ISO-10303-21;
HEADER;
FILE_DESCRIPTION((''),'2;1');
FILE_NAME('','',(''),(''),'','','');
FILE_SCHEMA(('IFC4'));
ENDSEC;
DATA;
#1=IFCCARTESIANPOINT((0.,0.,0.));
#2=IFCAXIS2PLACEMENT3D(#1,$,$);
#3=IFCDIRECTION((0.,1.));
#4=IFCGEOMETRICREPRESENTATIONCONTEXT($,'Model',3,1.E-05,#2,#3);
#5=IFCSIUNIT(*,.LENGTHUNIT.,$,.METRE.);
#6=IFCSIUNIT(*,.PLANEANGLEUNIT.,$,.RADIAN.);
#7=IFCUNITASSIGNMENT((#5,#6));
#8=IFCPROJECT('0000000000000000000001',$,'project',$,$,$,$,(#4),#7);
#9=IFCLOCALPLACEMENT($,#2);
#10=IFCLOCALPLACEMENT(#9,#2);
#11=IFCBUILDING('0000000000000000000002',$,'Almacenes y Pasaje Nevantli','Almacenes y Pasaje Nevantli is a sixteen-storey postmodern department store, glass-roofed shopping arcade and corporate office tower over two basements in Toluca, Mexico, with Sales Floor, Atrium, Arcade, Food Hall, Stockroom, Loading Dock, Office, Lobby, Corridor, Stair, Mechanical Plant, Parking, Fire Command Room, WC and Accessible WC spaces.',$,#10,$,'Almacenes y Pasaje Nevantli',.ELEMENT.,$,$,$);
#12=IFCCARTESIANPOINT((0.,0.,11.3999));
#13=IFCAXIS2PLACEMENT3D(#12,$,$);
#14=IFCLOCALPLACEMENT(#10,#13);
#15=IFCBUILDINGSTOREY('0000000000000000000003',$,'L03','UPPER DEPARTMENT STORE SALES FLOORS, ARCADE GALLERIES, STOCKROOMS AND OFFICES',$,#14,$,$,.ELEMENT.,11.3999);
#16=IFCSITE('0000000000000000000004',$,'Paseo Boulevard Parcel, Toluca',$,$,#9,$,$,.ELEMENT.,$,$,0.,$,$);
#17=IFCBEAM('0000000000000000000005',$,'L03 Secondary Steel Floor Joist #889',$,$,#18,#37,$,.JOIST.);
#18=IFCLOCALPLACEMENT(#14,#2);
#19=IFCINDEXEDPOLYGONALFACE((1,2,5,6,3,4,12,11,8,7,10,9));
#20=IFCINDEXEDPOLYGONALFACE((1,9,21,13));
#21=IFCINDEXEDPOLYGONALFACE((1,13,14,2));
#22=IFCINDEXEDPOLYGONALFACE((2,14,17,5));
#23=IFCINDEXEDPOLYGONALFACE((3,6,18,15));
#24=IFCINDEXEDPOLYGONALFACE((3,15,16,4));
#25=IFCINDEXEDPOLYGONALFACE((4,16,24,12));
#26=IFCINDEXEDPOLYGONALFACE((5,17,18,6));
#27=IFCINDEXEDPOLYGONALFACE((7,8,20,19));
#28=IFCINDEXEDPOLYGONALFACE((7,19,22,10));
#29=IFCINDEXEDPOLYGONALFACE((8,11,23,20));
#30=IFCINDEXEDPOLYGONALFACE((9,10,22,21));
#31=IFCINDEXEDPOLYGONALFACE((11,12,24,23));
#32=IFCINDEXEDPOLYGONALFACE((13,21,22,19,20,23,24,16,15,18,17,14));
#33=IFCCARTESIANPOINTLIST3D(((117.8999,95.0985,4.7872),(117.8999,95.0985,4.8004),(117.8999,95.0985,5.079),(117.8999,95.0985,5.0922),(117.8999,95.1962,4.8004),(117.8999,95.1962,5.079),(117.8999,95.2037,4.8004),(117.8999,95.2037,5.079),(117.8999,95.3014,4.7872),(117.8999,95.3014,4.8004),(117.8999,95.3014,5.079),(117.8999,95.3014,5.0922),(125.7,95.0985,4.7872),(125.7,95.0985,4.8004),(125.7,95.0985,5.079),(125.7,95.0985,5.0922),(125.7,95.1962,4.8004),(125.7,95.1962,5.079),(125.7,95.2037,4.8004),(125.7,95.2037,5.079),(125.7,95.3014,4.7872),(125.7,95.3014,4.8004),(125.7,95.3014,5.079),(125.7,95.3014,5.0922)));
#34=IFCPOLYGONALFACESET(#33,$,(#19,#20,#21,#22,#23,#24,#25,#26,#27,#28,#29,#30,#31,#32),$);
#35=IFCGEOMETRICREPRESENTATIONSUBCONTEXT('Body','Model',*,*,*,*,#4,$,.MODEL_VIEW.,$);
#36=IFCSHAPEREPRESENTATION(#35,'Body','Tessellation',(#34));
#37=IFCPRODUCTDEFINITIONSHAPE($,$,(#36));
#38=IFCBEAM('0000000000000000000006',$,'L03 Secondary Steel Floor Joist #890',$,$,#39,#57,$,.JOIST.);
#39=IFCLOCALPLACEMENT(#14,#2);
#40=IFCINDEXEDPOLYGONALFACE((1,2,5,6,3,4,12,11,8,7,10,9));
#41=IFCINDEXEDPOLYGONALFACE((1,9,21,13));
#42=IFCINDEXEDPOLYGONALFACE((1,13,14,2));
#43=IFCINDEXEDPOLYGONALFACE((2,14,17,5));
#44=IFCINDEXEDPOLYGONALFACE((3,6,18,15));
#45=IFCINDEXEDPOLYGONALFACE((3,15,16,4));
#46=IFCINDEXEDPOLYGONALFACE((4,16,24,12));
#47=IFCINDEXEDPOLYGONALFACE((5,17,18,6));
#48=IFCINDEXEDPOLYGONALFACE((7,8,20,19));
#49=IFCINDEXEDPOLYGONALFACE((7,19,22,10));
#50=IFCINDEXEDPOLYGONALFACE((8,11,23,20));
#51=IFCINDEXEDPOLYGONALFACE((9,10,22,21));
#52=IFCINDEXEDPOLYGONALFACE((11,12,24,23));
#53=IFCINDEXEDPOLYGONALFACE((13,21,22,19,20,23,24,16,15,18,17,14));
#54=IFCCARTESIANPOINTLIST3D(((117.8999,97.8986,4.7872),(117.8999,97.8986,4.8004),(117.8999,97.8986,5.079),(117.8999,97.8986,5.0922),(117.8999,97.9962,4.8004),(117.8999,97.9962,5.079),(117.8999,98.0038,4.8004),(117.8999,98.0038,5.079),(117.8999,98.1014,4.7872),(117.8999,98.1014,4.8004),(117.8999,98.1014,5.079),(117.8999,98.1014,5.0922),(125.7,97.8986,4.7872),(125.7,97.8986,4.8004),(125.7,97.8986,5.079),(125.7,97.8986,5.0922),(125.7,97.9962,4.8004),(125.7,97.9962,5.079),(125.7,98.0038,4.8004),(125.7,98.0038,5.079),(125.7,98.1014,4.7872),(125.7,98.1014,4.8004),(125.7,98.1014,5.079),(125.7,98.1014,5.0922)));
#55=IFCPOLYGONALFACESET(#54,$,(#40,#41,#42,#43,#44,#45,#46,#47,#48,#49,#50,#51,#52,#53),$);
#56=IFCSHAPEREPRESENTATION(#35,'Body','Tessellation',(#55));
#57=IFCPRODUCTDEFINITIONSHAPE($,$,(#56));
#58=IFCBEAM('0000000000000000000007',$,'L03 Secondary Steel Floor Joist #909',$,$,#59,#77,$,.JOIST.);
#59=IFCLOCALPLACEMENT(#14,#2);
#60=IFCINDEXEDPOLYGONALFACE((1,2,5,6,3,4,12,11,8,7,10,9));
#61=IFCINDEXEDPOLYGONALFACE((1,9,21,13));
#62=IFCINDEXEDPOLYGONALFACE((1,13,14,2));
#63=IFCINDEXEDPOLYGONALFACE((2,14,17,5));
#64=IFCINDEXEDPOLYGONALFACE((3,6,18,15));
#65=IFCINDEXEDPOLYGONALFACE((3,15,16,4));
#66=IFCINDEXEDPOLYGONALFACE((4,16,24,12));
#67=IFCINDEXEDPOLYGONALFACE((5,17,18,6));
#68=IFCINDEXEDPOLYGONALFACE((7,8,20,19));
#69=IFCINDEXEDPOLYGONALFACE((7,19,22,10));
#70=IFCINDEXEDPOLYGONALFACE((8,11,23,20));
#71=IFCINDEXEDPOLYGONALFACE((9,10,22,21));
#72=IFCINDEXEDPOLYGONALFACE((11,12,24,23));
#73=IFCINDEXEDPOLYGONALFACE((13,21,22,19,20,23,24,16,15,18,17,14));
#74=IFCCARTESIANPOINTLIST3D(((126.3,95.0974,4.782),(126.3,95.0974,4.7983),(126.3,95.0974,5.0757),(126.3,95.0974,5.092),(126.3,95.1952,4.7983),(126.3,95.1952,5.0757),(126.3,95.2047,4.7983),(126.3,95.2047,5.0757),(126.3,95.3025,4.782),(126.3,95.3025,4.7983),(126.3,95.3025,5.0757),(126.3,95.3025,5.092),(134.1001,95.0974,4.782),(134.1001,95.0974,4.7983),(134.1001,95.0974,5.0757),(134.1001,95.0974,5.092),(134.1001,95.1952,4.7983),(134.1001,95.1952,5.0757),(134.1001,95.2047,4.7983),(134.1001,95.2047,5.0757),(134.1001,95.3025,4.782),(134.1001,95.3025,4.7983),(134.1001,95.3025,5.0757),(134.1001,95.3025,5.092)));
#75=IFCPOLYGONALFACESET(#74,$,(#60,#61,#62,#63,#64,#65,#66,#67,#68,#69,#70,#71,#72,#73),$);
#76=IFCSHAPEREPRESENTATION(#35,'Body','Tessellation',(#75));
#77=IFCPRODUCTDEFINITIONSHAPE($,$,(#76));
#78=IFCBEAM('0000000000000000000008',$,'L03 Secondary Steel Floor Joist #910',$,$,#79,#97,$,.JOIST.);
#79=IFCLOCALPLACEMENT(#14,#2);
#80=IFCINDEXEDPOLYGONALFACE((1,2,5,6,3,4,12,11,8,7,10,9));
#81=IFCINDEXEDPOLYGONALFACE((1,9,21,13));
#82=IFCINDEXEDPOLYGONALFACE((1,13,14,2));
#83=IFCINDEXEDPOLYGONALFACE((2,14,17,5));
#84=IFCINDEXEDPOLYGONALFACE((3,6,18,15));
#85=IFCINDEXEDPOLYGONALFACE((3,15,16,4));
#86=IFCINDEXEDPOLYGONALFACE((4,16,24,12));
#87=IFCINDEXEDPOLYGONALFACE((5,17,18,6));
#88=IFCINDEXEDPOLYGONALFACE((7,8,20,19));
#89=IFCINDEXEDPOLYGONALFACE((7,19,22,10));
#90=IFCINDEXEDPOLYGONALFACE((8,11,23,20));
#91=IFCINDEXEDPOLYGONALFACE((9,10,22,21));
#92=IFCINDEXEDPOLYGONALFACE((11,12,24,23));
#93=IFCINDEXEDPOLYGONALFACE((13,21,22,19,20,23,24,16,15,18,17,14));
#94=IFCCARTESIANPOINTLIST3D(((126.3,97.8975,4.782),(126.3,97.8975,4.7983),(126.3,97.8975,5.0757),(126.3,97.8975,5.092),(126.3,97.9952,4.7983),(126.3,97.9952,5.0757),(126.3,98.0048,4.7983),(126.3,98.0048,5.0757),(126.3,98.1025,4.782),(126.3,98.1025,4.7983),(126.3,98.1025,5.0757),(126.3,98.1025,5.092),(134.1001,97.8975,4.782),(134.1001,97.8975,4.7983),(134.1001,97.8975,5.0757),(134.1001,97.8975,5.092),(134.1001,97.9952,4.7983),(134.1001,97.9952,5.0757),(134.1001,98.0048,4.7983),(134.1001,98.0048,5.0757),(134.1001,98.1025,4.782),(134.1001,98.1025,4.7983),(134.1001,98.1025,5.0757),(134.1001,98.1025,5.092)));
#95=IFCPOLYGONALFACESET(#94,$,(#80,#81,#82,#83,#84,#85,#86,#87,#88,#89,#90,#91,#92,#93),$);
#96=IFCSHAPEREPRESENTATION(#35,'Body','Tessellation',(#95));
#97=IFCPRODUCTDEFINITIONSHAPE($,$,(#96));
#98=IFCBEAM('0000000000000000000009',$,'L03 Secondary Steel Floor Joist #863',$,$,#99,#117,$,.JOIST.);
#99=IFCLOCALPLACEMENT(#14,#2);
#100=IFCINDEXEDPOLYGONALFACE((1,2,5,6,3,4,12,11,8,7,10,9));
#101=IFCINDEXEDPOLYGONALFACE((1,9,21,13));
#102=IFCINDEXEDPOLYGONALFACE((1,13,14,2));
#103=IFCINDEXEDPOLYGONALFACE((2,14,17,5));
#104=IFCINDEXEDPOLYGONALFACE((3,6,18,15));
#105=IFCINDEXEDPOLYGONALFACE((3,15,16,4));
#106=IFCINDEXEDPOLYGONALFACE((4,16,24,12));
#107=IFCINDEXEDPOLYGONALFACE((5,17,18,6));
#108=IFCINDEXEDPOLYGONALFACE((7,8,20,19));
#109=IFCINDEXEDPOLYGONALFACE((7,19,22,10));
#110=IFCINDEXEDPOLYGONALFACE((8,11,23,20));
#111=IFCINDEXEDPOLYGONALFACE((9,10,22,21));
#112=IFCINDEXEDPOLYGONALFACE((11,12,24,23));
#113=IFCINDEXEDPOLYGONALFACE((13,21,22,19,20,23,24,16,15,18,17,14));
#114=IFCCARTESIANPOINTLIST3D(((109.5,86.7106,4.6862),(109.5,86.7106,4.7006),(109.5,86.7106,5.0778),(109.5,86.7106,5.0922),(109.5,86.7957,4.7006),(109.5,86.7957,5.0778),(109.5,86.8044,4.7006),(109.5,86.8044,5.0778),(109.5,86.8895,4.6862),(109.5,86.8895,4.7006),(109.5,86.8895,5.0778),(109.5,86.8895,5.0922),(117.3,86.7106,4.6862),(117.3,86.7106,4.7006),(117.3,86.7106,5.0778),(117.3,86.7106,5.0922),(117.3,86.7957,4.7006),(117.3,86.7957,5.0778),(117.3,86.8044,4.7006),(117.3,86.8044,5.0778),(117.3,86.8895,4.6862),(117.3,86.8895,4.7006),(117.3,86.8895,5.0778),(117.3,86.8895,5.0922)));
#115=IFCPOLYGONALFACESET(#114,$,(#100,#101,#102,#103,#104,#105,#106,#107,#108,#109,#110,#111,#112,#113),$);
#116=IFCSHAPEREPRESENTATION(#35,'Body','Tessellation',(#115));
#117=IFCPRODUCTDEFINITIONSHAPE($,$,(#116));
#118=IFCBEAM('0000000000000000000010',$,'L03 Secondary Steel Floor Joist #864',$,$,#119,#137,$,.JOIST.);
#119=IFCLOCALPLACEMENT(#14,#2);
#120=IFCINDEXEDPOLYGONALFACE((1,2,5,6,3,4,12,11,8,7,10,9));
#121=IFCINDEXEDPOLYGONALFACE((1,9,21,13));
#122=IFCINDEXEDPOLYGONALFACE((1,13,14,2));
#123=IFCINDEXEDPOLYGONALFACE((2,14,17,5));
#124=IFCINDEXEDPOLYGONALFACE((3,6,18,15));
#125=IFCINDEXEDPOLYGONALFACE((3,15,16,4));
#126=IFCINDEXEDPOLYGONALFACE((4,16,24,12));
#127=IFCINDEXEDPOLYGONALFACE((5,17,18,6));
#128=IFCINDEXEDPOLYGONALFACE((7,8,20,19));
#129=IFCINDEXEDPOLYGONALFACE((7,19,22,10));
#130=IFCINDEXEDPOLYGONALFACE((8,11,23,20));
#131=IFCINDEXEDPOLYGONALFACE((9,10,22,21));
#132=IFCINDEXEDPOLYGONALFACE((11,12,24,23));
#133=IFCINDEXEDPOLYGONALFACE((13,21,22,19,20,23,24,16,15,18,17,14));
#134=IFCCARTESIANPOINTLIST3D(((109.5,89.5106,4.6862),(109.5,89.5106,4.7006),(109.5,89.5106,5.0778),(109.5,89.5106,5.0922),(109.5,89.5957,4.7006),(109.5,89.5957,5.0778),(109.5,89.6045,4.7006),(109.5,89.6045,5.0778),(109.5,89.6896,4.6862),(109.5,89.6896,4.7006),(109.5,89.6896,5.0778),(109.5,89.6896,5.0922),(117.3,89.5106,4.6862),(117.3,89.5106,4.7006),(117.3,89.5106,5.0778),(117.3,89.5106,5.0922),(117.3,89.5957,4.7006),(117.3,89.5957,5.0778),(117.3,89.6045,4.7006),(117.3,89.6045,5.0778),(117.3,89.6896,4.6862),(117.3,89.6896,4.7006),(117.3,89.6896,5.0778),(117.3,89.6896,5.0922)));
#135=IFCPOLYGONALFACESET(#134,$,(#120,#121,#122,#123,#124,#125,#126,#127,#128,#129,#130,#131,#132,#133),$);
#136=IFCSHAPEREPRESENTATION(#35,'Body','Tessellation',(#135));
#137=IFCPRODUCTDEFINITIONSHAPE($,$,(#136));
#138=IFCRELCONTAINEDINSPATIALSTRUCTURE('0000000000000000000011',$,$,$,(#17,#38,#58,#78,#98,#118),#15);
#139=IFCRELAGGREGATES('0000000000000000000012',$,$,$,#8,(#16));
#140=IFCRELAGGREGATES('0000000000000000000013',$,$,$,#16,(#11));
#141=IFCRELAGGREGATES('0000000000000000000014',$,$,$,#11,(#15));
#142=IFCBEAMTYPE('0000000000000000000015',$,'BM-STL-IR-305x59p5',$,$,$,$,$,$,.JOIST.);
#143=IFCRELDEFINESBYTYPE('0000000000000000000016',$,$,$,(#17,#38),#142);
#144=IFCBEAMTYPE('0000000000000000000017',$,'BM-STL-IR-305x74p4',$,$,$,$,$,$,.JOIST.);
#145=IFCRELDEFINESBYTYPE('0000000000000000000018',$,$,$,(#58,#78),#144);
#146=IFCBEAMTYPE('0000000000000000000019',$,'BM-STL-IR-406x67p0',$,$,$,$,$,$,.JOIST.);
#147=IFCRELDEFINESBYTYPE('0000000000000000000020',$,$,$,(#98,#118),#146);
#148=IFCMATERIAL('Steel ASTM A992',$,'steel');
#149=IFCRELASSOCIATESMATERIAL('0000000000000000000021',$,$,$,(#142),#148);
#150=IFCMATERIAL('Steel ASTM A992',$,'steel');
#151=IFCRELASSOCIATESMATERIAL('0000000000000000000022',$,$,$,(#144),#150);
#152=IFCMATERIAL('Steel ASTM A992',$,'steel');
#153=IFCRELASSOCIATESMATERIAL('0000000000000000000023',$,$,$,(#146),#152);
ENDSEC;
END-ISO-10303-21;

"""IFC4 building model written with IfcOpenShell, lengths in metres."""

from ifc_helpers import new_model, si_unit, direction, frame, origin, origin_2d, place, context, subcontext, project, spatial, i_section, extrude, material, material_profile, profile_set, type_object, element, save


model = new_model("IFC4")

# Units and contexts
model_context = context("Model", 3, precision=1e-05, world=origin(), true_north=direction((0.0, 1.0)))
body_context = subcontext(model_context, "Body", "Model", "MODEL_VIEW")
ifc_project = project(units=[si_unit("LENGTHUNIT", "METRE"), si_unit("PLANEANGLEUNIT", "RADIAN")], contexts=[model_context])

# Site, building, storey
site_placement = place(None, origin())
site = spatial("IfcSite", under=ifc_project, at=site_placement, Name="Paseo Boulevard Parcel, Toluca", CompositionType="ELEMENT", RefElevation=0.0)
building_placement = place(site_placement, origin())
building = spatial("IfcBuilding", under=site, at=building_placement, Name="Almacenes y Pasaje Nevantli", Description="Almacenes y Pasaje Nevantli is a sixteen-storey postmodern department store, glass-roofed shopping arcade and corporate office tower over two basements in Toluca, Mexico, with Sales Floor, Atrium, Arcade, Food Hall, Stockroom, Loading Dock, Office, Lobby, Corridor, Stair, Mechanical Plant, Parking, Fire Command Room, WC and Accessible WC spaces.", LongName="Almacenes y Pasaje Nevantli", CompositionType="ELEMENT")
storey_placement = place(building_placement, frame((0.0, 0.0, 11.3999)))
storey = spatial("IfcBuildingStorey", under=building, at=storey_placement, Name="L03", Description="UPPER DEPARTMENT STORE SALES FLOORS, ARCADE GALLERIES, STOCKROOMS AND OFFICES", CompositionType="ELEMENT", Elevation=11.3999)

# Beams
ifc_material_1 = material(Name="Steel ASTM A992", Category="steel")
ifc_material_profile_1 = material_profile(ifc_material_1, i_section(OverallWidth=0.2029, OverallDepth=0.3049, WebThickness=0.0076, FlangeThickness=0.0132, at=origin_2d()), Name="IR 305x59.5")
ifc_profile_set_1 = profile_set([ifc_material_profile_1], Name="Steel ASTM A992")
beam_type_1 = type_object("IfcBeamType", Name="BM-STL-IR-305x59p5", PredefinedType="JOIST", material=ifc_profile_set_1)
for number, where, z_axis, x_axis, name in (
    (1, (117.8999, 95.2, 4.9397), (1.0, 0.0, 0.0), (0.0, 1.0, 0.0), "L03 Secondary Steel Floor Joist #889"),
    (2, (117.8999, 98.0, 4.9397), (1.0, 0.0, 0.0), (0.0, 1.0, 0.0), "L03 Secondary Steel Floor Joist #890"),
):
    element("IfcBeam", number, at=place(storey_placement, frame(where, z_axis=z_axis, x_axis=x_axis)), inside=storey, type_object=beam_type_1, Name=name, PredefinedType="JOIST", context=body_context, shape_type="SweptSolid", body=[
        extrude(i_section(OverallWidth=0.2029, OverallDepth=0.3049, WebThickness=0.0076, FlangeThickness=0.0132, at=origin_2d()), origin(), (0.0, 0.0, 1.0), 7.8),
    ])
ifc_material_2 = material(Name="Steel ASTM A992", Category="steel")
ifc_material_profile_2 = material_profile(ifc_material_2, i_section(OverallWidth=0.2051, OverallDepth=0.3101, WebThickness=0.0095, FlangeThickness=0.0164, at=origin_2d()), Name="IR 305x74.4")
ifc_profile_set_2 = profile_set([ifc_material_profile_2], Name="Steel ASTM A992")
beam_type_2 = type_object("IfcBeamType", Name="BM-STL-IR-305x74p4", PredefinedType="JOIST", material=ifc_profile_set_2)
for number, where, z_axis, x_axis, name in (
    (3, (126.3, 95.2, 4.937), (1.0, 0.0, 0.0), (0.0, 1.0, 0.0), "L03 Secondary Steel Floor Joist #909"),
    (4, (126.3, 98.0, 4.937), (1.0, 0.0, 0.0), (0.0, 1.0, 0.0), "L03 Secondary Steel Floor Joist #910"),
):
    element("IfcBeam", number, at=place(storey_placement, frame(where, z_axis=z_axis, x_axis=x_axis)), inside=storey, type_object=beam_type_2, Name=name, PredefinedType="JOIST", context=body_context, shape_type="SweptSolid", body=[
        extrude(i_section(OverallWidth=0.2051, OverallDepth=0.3101, WebThickness=0.0095, FlangeThickness=0.0164, at=origin_2d()), origin(), (0.0, 0.0, 1.0), 7.8),
    ])
ifc_material_3 = material(Name="Steel ASTM A992", Category="steel")
ifc_material_profile_3 = material_profile(ifc_material_3, i_section(OverallWidth=0.179, OverallDepth=0.406, WebThickness=0.0088, FlangeThickness=0.0144, at=origin_2d()), Name="IR 406x67.0")
ifc_profile_set_3 = profile_set([ifc_material_profile_3], Name="Steel ASTM A992")
beam_type_3 = type_object("IfcBeamType", Name="BM-STL-IR-406x67p0", PredefinedType="JOIST", material=ifc_profile_set_3)
for number, where, z_axis, x_axis, name in (
    (5, (109.5, 86.8, 4.8892), (1.0, 0.0, 0.0), (0.0, 1.0, 0.0), "L03 Secondary Steel Floor Joist #863"),
    (6, (109.5, 89.6001, 4.8892), (1.0, 0.0, 0.0), (0.0, 1.0, 0.0), "L03 Secondary Steel Floor Joist #864"),
):
    element("IfcBeam", number, at=place(storey_placement, frame(where, z_axis=z_axis, x_axis=x_axis)), inside=storey, type_object=beam_type_3, Name=name, PredefinedType="JOIST", context=body_context, shape_type="SweptSolid", body=[
        extrude(i_section(OverallWidth=0.179, OverallDepth=0.406, WebThickness=0.0088, FlangeThickness=0.0144, at=origin_2d()), origin(), (0.0, 0.0, 1.0), 7.8),
    ])

save(model, "model.ifc")
